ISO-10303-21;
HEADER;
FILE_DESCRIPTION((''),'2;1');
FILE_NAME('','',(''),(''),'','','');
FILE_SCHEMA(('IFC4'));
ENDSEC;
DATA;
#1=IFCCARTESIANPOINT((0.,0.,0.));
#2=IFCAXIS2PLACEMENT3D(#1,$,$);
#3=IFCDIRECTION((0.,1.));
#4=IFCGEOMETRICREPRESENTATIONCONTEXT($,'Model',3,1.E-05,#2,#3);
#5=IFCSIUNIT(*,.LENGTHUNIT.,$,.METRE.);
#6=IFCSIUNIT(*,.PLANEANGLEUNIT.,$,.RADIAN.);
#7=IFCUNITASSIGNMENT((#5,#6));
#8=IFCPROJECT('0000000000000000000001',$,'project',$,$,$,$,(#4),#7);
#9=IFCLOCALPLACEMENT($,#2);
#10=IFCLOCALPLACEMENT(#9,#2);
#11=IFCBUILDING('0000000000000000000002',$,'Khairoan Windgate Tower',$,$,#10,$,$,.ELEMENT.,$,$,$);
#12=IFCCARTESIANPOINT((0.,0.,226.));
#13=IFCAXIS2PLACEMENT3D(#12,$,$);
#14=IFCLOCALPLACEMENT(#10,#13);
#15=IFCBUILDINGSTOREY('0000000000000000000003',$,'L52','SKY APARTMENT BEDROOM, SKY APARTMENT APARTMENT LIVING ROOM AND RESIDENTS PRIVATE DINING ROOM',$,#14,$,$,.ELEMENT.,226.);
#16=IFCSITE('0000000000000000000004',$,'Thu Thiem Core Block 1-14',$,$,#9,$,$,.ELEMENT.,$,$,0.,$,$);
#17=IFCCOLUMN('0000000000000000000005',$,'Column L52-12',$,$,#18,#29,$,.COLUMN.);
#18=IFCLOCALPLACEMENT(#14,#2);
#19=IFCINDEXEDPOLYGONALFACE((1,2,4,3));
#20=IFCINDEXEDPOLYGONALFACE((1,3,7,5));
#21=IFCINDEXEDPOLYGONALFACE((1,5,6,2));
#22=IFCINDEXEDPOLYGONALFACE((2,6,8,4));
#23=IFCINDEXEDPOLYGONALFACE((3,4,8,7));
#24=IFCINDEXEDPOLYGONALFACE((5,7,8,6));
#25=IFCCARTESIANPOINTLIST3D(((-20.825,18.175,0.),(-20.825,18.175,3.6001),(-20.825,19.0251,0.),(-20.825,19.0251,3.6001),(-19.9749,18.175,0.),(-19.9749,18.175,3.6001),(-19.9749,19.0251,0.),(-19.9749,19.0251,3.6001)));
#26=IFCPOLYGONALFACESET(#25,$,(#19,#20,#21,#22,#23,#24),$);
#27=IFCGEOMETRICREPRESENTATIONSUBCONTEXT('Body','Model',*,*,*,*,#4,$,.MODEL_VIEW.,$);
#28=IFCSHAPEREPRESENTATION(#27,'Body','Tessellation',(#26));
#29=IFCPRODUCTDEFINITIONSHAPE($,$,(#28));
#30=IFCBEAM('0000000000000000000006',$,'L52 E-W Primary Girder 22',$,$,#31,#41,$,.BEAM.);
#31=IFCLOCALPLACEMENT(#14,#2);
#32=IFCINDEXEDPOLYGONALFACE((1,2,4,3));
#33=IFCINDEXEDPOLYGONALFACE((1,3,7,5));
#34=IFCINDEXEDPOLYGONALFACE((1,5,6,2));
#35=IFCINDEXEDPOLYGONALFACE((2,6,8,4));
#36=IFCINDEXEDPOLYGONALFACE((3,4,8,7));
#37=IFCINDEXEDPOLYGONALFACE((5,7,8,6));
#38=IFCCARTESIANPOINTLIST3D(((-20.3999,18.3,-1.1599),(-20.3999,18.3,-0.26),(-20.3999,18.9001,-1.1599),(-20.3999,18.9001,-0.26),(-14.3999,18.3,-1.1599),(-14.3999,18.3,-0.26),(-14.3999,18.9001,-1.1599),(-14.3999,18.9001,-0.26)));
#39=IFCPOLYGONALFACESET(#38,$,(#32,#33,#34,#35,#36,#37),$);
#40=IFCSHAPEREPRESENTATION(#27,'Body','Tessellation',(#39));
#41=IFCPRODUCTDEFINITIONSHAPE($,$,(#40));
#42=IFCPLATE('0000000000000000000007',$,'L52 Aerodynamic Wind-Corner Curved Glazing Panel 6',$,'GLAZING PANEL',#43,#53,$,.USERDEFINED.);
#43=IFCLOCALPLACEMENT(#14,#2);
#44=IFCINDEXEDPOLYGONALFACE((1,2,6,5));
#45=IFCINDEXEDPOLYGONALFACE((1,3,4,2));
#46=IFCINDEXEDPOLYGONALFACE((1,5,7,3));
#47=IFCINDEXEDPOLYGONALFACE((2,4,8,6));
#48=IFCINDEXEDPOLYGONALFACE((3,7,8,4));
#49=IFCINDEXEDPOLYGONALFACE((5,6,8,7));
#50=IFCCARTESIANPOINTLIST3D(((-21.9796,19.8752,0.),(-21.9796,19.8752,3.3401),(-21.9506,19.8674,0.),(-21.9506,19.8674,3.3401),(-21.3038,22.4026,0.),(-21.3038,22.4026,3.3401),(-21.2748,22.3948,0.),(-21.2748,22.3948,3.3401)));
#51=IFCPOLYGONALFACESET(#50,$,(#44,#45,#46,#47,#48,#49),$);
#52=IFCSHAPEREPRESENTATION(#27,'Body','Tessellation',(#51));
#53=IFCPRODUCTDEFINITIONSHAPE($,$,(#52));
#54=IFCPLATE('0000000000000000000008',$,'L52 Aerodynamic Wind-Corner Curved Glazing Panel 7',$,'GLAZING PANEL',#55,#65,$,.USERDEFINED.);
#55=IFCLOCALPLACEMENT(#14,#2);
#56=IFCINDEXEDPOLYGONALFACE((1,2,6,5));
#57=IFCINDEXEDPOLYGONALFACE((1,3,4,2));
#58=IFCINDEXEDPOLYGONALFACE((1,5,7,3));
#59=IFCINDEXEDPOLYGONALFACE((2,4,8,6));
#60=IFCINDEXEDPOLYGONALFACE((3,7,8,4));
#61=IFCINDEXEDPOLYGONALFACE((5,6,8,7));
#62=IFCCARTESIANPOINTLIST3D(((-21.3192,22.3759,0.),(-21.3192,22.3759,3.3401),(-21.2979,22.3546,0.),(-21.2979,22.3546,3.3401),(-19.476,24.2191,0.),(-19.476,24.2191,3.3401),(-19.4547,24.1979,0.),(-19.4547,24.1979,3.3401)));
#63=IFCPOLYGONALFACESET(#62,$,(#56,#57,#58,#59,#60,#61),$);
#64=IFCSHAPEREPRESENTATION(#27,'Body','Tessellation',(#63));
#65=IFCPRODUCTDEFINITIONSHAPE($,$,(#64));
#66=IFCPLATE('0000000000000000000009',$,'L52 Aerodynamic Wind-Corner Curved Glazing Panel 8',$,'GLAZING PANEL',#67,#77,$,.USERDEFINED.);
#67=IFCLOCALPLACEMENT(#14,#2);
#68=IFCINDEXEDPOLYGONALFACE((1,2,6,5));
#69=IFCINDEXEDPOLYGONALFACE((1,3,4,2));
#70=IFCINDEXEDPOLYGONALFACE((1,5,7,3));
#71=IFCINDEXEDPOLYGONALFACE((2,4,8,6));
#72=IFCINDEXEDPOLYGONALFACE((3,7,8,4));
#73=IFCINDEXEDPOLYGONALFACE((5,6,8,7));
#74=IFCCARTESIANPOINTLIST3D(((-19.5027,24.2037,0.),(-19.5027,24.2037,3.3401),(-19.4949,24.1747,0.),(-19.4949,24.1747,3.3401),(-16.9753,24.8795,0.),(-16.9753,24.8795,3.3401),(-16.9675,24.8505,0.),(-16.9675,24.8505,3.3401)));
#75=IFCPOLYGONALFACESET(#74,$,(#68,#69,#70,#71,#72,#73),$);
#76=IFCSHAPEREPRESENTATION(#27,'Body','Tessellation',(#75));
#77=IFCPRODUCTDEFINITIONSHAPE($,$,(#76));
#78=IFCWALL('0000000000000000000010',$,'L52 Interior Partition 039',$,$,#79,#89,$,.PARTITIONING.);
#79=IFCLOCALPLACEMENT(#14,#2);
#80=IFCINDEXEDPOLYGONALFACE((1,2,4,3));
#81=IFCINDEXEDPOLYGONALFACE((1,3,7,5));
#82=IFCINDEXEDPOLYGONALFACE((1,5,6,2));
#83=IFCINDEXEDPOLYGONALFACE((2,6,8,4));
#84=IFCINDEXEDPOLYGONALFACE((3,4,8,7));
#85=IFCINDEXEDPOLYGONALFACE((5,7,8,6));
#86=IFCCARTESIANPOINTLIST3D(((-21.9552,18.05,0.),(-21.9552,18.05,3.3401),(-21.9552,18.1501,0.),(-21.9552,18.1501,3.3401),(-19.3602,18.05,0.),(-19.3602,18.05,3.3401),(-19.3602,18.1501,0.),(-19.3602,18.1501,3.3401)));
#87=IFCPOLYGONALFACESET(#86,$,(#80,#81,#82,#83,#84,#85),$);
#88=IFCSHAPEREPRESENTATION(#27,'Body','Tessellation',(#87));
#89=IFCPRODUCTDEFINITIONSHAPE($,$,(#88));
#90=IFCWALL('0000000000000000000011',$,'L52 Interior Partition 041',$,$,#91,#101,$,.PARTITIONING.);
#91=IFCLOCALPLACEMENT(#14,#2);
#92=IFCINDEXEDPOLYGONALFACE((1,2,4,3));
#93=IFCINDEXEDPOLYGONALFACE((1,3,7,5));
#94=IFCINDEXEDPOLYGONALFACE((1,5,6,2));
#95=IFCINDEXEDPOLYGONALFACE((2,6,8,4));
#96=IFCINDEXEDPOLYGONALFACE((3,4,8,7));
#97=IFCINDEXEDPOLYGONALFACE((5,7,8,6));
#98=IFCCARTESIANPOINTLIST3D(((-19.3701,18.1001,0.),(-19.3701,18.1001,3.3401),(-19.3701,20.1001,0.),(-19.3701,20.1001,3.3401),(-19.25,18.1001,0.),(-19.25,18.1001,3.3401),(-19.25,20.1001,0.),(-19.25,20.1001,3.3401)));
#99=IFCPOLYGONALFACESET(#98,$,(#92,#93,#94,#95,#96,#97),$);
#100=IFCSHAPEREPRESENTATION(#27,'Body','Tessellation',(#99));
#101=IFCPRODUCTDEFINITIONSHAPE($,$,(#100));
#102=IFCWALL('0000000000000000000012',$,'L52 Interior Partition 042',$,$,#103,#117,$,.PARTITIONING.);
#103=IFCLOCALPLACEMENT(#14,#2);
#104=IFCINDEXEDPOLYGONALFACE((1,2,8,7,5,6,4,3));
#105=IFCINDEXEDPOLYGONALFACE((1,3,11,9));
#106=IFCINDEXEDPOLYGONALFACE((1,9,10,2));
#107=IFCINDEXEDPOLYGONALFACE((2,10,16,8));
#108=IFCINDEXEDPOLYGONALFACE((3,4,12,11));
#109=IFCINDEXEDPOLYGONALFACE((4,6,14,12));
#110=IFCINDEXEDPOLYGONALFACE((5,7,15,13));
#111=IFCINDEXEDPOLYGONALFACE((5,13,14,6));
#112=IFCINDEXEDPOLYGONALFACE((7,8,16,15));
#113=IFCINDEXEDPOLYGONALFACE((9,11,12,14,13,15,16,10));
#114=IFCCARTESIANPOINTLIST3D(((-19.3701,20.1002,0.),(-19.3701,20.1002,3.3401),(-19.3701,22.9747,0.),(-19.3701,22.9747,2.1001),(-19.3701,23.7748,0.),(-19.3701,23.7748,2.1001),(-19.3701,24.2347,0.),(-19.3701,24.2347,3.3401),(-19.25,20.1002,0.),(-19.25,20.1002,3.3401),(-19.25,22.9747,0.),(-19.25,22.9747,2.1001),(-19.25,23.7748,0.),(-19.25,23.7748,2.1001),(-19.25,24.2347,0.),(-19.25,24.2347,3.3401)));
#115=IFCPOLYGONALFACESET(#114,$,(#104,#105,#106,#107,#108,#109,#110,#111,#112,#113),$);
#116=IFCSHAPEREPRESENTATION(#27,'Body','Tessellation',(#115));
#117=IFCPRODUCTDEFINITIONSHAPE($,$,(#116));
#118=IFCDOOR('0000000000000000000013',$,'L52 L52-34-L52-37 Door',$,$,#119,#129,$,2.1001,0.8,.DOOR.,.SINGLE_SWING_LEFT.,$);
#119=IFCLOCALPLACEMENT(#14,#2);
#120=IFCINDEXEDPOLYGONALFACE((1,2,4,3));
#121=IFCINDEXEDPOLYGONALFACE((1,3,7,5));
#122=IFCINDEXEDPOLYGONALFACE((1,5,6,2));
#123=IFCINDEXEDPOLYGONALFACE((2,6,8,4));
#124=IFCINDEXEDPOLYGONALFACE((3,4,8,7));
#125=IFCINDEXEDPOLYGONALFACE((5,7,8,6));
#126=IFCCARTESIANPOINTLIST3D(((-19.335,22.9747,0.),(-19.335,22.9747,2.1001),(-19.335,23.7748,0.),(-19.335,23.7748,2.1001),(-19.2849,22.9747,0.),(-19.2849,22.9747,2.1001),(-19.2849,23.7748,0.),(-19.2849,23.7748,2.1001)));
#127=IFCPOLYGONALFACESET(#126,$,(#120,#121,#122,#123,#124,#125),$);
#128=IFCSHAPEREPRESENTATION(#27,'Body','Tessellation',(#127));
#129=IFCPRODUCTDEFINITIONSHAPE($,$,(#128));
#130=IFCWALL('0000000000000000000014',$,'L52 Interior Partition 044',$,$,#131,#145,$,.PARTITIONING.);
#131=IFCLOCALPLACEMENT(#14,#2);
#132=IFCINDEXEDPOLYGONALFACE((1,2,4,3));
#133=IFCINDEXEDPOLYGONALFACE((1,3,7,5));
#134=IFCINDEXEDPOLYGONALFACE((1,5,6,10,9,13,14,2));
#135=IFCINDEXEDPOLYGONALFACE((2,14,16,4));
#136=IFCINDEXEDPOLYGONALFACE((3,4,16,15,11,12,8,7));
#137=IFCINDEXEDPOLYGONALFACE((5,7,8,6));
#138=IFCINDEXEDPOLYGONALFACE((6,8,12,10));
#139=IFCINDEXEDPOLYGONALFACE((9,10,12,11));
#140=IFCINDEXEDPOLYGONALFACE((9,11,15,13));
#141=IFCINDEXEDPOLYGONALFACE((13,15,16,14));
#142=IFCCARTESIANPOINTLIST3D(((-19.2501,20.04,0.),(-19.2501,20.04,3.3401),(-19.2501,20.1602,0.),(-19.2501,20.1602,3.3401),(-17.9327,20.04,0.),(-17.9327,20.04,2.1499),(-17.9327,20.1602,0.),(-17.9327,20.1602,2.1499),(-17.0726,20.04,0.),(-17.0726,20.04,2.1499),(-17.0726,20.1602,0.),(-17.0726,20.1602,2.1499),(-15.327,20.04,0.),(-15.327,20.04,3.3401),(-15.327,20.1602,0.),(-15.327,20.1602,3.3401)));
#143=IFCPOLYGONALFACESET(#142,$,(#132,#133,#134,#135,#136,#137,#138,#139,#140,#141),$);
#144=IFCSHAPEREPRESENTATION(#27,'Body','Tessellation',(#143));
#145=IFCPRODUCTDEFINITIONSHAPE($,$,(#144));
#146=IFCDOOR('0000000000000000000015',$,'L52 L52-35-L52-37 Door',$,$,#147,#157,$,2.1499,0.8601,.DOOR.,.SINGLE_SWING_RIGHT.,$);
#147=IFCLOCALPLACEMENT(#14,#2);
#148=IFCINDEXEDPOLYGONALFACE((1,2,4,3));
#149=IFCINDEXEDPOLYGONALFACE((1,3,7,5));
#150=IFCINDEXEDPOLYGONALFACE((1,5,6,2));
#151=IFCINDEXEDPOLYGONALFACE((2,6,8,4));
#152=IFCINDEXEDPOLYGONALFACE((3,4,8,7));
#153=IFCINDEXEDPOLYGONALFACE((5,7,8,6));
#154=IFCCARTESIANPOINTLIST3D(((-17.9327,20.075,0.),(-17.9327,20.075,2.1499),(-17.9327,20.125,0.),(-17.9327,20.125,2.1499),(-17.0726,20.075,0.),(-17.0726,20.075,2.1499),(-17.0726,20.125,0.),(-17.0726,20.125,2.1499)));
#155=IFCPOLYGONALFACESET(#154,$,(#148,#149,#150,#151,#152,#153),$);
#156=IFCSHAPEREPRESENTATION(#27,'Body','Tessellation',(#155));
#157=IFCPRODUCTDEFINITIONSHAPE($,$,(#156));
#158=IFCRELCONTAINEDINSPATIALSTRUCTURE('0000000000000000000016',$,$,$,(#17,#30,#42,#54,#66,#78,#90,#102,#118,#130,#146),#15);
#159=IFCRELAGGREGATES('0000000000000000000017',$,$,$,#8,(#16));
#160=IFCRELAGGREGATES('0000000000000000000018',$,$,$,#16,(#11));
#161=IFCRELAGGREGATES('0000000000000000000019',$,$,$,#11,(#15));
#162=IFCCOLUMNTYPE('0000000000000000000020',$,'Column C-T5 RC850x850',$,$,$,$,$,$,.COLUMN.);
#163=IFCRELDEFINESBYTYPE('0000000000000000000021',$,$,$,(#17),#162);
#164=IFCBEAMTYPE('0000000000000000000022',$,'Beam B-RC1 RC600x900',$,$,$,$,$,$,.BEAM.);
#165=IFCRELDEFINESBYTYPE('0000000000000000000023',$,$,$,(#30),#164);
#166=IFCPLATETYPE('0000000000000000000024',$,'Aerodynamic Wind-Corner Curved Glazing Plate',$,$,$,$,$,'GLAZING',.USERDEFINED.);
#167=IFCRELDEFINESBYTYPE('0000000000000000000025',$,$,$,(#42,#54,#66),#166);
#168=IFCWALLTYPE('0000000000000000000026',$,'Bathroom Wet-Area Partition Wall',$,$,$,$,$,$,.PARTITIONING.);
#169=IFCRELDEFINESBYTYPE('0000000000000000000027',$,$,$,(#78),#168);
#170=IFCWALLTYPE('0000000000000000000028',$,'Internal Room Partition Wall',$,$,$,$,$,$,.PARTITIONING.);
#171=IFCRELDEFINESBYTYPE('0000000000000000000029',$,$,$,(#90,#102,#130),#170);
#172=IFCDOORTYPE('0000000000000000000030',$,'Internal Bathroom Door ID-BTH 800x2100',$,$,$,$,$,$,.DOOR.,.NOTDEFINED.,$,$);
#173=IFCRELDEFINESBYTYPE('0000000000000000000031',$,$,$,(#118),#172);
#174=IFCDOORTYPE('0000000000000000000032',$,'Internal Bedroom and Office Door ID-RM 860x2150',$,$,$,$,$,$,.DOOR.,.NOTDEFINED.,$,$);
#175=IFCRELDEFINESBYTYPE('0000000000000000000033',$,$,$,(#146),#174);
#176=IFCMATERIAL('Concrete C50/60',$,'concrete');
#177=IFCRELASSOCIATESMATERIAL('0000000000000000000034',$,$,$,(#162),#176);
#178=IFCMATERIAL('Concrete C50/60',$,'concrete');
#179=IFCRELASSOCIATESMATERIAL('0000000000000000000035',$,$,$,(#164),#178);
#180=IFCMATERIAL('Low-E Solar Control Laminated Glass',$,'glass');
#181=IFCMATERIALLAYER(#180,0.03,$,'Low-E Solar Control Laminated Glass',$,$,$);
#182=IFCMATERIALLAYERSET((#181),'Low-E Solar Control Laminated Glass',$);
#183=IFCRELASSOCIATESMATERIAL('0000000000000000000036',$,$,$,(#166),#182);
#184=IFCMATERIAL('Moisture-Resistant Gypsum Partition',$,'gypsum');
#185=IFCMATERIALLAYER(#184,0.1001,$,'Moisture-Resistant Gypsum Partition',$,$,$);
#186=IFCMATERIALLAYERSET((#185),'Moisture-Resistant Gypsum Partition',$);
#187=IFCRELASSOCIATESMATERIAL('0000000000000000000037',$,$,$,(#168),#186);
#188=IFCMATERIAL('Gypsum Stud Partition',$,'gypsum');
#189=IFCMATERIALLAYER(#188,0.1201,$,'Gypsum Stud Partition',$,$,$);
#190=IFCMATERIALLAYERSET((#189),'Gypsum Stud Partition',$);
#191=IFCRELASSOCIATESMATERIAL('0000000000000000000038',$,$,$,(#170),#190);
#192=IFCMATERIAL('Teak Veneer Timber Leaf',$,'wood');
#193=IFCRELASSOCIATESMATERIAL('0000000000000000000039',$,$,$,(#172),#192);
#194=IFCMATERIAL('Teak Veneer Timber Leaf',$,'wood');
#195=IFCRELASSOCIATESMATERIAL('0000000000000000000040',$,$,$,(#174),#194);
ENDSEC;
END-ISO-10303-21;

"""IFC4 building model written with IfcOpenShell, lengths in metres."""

from ifc_helpers import new_model, si_unit, direction, frame, frame_2d, origin, origin_2d, place, context, subcontext, project, spatial, rectangle, extrude, material, layer, layer_set, material_profile, profile_set, type_object, element, fill, save


model = new_model("IFC4")

# Units and contexts
model_context = context("Model", 3, precision=1e-05, world=origin(), true_north=direction((0.0, 1.0)))
body_context = subcontext(model_context, "Body", "Model", "MODEL_VIEW")
ifc_project = project(units=[si_unit("LENGTHUNIT", "METRE"), si_unit("PLANEANGLEUNIT", "RADIAN")], contexts=[model_context])

# Site, building, storey
site_placement = place(None, origin())
site = spatial("IfcSite", under=ifc_project, at=site_placement, Name="Thu Thiem Core Block 1-14", CompositionType="ELEMENT", RefElevation=0.0)
building_placement = place(site_placement, origin())
building = spatial("IfcBuilding", under=site, at=building_placement, Name="Khairoan Windgate Tower", CompositionType="ELEMENT")
storey_placement = place(building_placement, frame((0.0, 0.0, 226.0)))
storey = spatial("IfcBuildingStorey", under=building, at=storey_placement, Name="L52", Description="SKY APARTMENT BEDROOM, SKY APARTMENT APARTMENT LIVING ROOM AND RESIDENTS PRIVATE DINING ROOM", CompositionType="ELEMENT", Elevation=226.0)

# Column
ifc_material_1 = material(Name="Concrete C50/60", Category="concrete")
ifc_material_profile_1 = material_profile(ifc_material_1, rectangle(XDim=0.8501, YDim=0.8501, at=origin_2d()))
ifc_profile_set_1 = profile_set([ifc_material_profile_1], Name="Concrete C50/60")
column_type = type_object("IfcColumnType", Name="Column C-T5 RC850x850", PredefinedType="COLUMN", material=ifc_profile_set_1)
column_placement = place(storey_placement, frame((-20.3999, 18.6001, 0.0), z_axis=(0.0, 0.0, 1.0), x_axis=(1.0, 0.0, 0.0)))
element("IfcColumn", 1, at=column_placement, inside=storey, type_object=column_type, Name="Column L52-12", PredefinedType="COLUMN", context=body_context, shape_type="SweptSolid", body=[
    extrude(rectangle(XDim=0.8501, YDim=0.8501, at=origin_2d()), origin(), (0.0, 0.0, 1.0), 3.6001),
])

# Beam
ifc_material_2 = material(Name="Concrete C50/60", Category="concrete")
ifc_material_profile_2 = material_profile(ifc_material_2, rectangle(XDim=0.6001, YDim=0.8999, at=origin_2d()))
ifc_profile_set_2 = profile_set([ifc_material_profile_2], Name="Concrete C50/60")
beam_type = type_object("IfcBeamType", Name="Beam B-RC1 RC600x900", PredefinedType="BEAM", material=ifc_profile_set_2)
beam_placement = place(storey_placement, frame((-20.3999, 18.6001, -0.71), z_axis=(1.0, 0.0, 0.0), x_axis=(0.0, 1.0, 0.0)))
element("IfcBeam", 2, at=beam_placement, inside=storey, type_object=beam_type, Name="L52 E-W Primary Girder 22", PredefinedType="BEAM", context=body_context, shape_type="SweptSolid", body=[
    extrude(rectangle(XDim=0.6001, YDim=0.8999, at=origin_2d()), origin(), (0.0, 0.0, 1.0), 6.0),
])

# Plates
ifc_material_3 = material(Name="Low-E Solar Control Laminated Glass", Category="glass")
ifc_layer_1 = layer(ifc_material_3, 0.03, Name="Low-E Solar Control Laminated Glass")
ifc_layer_set_1 = layer_set([ifc_layer_1], Name="Low-E Solar Control Laminated Glass")
plate_type_1 = type_object("IfcPlateType", Name="Aerodynamic Wind-Corner Curved Glazing Plate", ElementType="GLAZING", PredefinedType="USERDEFINED", material=ifc_layer_set_1)
plate_1_placement = place(storey_placement, frame((-21.6272, 21.135, 0.0), z_axis=(0.0, 0.0, 1.0), x_axis=(0.258313, 0.966061, 0.0)))
element("IfcPlate", 3, at=plate_1_placement, inside=storey, type_object=plate_type_1, Name="L52 Aerodynamic Wind-Corner Curved Glazing Panel 6", ObjectType="GLAZING PANEL", PredefinedType="USERDEFINED", context=body_context, shape_type="SweptSolid", body=[
    extrude(rectangle(XDim=2.6162, YDim=0.03, at=origin_2d()), origin(), (0.0, 0.0, 1.0), 3.3401),
])
plate_2_placement = place(storey_placement, frame((-20.387, 23.2869, 0.0), z_axis=(0.0, 0.0, 1.0), x_axis=(0.707107, 0.707107, 0.0)))
element("IfcPlate", 4, at=plate_2_placement, inside=storey, type_object=plate_type_1, Name="L52 Aerodynamic Wind-Corner Curved Glazing Panel 7", ObjectType="GLAZING PANEL", PredefinedType="USERDEFINED", context=body_context, shape_type="SweptSolid", body=[
    extrude(rectangle(XDim=2.6067, YDim=0.03, at=origin_2d()), origin(), (0.0, 0.0, 1.0), 3.3401),
])
plate_3_placement = place(storey_placement, frame((-18.2351, 24.5271, 0.0), z_axis=(0.0, 0.0, 1.0), x_axis=(0.966061, 0.258313, 0.0)))
element("IfcPlate", 5, at=plate_3_placement, inside=storey, type_object=plate_type_1, Name="L52 Aerodynamic Wind-Corner Curved Glazing Panel 8", ObjectType="GLAZING PANEL", PredefinedType="USERDEFINED", context=body_context, shape_type="SweptSolid", body=[
    extrude(rectangle(XDim=2.6162, YDim=0.03, at=origin_2d()), origin(), (0.0, 0.0, 1.0), 3.3401),
])

# Walls
ifc_material_4 = material(Name="Moisture-Resistant Gypsum Partition", Category="gypsum")
ifc_layer_2 = layer(ifc_material_4, 0.1001, Name="Moisture-Resistant Gypsum Partition")
ifc_layer_set_2 = layer_set([ifc_layer_2], Name="Moisture-Resistant Gypsum Partition")
wall_type_1 = type_object("IfcWallType", Name="Bathroom Wet-Area Partition Wall", PredefinedType="PARTITIONING", material=ifc_layer_set_2)
wall_1_placement = place(storey_placement, frame((-21.9551, 18.1001, 0.0), z_axis=(0.0, 0.0, 1.0), x_axis=(1.0, 0.0, 0.0)))
element("IfcWall", 6, at=wall_1_placement, inside=storey, type_object=wall_type_1, Name="L52 Interior Partition 039", PredefinedType="PARTITIONING", context=body_context, shape_type="SweptSolid", body=[
    extrude(rectangle(XDim=2.595, YDim=0.1001, at=frame_2d((1.2974, 0.0))), origin(), (0.0, 0.0, 1.0), 3.3401),
])
ifc_material_5 = material(Name="Gypsum Stud Partition", Category="gypsum")
ifc_layer_3 = layer(ifc_material_5, 0.1201, Name="Gypsum Stud Partition")
ifc_layer_set_3 = layer_set([ifc_layer_3], Name="Gypsum Stud Partition")
wall_type_2 = type_object("IfcWallType", Name="Internal Room Partition Wall", PredefinedType="PARTITIONING", material=ifc_layer_set_3)
wall_2_placement = place(storey_placement, frame((-19.3101, 18.1001, 0.0), z_axis=(0.0, 0.0, 1.0), x_axis=(0.0, 1.0, 0.0)))
element("IfcWall", 7, at=wall_2_placement, inside=storey, type_object=wall_type_2, Name="L52 Interior Partition 041", PredefinedType="PARTITIONING", context=body_context, shape_type="SweptSolid", body=[
    extrude(rectangle(XDim=2.0, YDim=0.1201, at=frame_2d((1.0, 0.0))), origin(), (0.0, 0.0, 1.0), 3.3401),
])

# Walls, openings, doors
wall_3_placement = place(storey_placement, frame((-19.3101, 20.1001, 0.0), z_axis=(0.0, 0.0, 1.0), x_axis=(0.0, 1.0, 0.0)))
wall_3 = element("IfcWall", 8, at=wall_3_placement, inside=storey, type_object=wall_type_2, Name="L52 Interior Partition 042", PredefinedType="PARTITIONING", context=body_context, shape_type="SweptSolid", body=[
    extrude(rectangle(XDim=4.1345, YDim=0.1201, at=frame_2d((2.0674, 0.0))), origin(), (0.0, 0.0, 1.0), 3.3401),
])
opening_1_placement = place(wall_3_placement, frame((2.8748, 0.0, 0.0)))
opening_1 = element("IfcOpeningElement", 9, at=opening_1_placement, cuts=wall_3, PredefinedType="OPENING", context=body_context, shape_type="SweptSolid", body=[
    extrude(rectangle(XDim=0.8, YDim=2.1001, at=frame_2d((0.3999, 1.05))), frame((0.0, 0.0701, 0.0), z_axis=(0.0, -1.0, 0.0), x_axis=(1.0, 0.0, 0.0)), (0.0, 0.0, 1.0), 0.1401),
])
ifc_material_6 = material(Name="Teak Veneer Timber Leaf", Category="wood")
door_type_1 = type_object("IfcDoorType", Name="Internal Bathroom Door ID-BTH 800x2100", OperationType="NOTDEFINED", PredefinedType="DOOR", material=ifc_material_6)
door_1_placement = place(opening_1_placement, origin())
door_1 = element("IfcDoor", 10, at=door_1_placement, inside=storey, type_object=door_type_1, Name="L52 L52-34-L52-37 Door", OperationType="SINGLE_SWING_LEFT", OverallHeight=2.1001, OverallWidth=0.8, PredefinedType="DOOR", context=body_context, shape_type="SweptSolid", body=[
    extrude(rectangle(XDim=0.8, YDim=2.1001, at=frame_2d((0.3999, 1.05))), frame((0.0, 0.0249, 0.0), z_axis=(0.0, -1.0, 0.0), x_axis=(1.0, 0.0, 0.0)), (0.0, 0.0, 1.0), 0.05),
])
fill(opening_1, door_1)
wall_4_placement = place(storey_placement, frame((-19.25, 20.1001, 0.0), z_axis=(0.0, 0.0, 1.0), x_axis=(1.0, 0.0, 0.0)))
wall_4 = element("IfcWall", 11, at=wall_4_placement, inside=storey, type_object=wall_type_2, Name="L52 Interior Partition 044", PredefinedType="PARTITIONING", context=body_context, shape_type="SweptSolid", body=[
    extrude(rectangle(XDim=3.9231, YDim=0.1201, at=frame_2d((1.9614, 0.0))), origin(), (0.0, 0.0, 1.0), 3.3401),
])
opening_2_placement = place(wall_4_placement, frame((1.3171, 0.0, 0.0)))
opening_2 = element("IfcOpeningElement", 12, at=opening_2_placement, cuts=wall_4, PredefinedType="OPENING", context=body_context, shape_type="SweptSolid", body=[
    extrude(rectangle(XDim=0.8601, YDim=2.1499, at=frame_2d((0.4302, 1.075))), frame((0.0, 0.0701, 0.0), z_axis=(0.0, -1.0, 0.0), x_axis=(1.0, 0.0, 0.0)), (0.0, 0.0, 1.0), 0.1401),
])
ifc_material_7 = material(Name="Teak Veneer Timber Leaf", Category="wood")
door_type_2 = type_object("IfcDoorType", Name="Internal Bedroom and Office Door ID-RM 860x2150", OperationType="NOTDEFINED", PredefinedType="DOOR", material=ifc_material_7)
door_2_placement = place(opening_2_placement, origin())
door_2 = element("IfcDoor", 13, at=door_2_placement, inside=storey, type_object=door_type_2, Name="L52 L52-35-L52-37 Door", OperationType="SINGLE_SWING_RIGHT", OverallHeight=2.1499, OverallWidth=0.8601, PredefinedType="DOOR", context=body_context, shape_type="SweptSolid", body=[
    extrude(rectangle(XDim=0.8601, YDim=2.1499, at=frame_2d((0.4302, 1.075))), frame((0.0, 0.0249, 0.0), z_axis=(0.0, -1.0, 0.0), x_axis=(1.0, 0.0, 0.0)), (0.0, 0.0, 1.0), 0.05),
])
fill(opening_2, door_2)

save(model, "model.ifc")
